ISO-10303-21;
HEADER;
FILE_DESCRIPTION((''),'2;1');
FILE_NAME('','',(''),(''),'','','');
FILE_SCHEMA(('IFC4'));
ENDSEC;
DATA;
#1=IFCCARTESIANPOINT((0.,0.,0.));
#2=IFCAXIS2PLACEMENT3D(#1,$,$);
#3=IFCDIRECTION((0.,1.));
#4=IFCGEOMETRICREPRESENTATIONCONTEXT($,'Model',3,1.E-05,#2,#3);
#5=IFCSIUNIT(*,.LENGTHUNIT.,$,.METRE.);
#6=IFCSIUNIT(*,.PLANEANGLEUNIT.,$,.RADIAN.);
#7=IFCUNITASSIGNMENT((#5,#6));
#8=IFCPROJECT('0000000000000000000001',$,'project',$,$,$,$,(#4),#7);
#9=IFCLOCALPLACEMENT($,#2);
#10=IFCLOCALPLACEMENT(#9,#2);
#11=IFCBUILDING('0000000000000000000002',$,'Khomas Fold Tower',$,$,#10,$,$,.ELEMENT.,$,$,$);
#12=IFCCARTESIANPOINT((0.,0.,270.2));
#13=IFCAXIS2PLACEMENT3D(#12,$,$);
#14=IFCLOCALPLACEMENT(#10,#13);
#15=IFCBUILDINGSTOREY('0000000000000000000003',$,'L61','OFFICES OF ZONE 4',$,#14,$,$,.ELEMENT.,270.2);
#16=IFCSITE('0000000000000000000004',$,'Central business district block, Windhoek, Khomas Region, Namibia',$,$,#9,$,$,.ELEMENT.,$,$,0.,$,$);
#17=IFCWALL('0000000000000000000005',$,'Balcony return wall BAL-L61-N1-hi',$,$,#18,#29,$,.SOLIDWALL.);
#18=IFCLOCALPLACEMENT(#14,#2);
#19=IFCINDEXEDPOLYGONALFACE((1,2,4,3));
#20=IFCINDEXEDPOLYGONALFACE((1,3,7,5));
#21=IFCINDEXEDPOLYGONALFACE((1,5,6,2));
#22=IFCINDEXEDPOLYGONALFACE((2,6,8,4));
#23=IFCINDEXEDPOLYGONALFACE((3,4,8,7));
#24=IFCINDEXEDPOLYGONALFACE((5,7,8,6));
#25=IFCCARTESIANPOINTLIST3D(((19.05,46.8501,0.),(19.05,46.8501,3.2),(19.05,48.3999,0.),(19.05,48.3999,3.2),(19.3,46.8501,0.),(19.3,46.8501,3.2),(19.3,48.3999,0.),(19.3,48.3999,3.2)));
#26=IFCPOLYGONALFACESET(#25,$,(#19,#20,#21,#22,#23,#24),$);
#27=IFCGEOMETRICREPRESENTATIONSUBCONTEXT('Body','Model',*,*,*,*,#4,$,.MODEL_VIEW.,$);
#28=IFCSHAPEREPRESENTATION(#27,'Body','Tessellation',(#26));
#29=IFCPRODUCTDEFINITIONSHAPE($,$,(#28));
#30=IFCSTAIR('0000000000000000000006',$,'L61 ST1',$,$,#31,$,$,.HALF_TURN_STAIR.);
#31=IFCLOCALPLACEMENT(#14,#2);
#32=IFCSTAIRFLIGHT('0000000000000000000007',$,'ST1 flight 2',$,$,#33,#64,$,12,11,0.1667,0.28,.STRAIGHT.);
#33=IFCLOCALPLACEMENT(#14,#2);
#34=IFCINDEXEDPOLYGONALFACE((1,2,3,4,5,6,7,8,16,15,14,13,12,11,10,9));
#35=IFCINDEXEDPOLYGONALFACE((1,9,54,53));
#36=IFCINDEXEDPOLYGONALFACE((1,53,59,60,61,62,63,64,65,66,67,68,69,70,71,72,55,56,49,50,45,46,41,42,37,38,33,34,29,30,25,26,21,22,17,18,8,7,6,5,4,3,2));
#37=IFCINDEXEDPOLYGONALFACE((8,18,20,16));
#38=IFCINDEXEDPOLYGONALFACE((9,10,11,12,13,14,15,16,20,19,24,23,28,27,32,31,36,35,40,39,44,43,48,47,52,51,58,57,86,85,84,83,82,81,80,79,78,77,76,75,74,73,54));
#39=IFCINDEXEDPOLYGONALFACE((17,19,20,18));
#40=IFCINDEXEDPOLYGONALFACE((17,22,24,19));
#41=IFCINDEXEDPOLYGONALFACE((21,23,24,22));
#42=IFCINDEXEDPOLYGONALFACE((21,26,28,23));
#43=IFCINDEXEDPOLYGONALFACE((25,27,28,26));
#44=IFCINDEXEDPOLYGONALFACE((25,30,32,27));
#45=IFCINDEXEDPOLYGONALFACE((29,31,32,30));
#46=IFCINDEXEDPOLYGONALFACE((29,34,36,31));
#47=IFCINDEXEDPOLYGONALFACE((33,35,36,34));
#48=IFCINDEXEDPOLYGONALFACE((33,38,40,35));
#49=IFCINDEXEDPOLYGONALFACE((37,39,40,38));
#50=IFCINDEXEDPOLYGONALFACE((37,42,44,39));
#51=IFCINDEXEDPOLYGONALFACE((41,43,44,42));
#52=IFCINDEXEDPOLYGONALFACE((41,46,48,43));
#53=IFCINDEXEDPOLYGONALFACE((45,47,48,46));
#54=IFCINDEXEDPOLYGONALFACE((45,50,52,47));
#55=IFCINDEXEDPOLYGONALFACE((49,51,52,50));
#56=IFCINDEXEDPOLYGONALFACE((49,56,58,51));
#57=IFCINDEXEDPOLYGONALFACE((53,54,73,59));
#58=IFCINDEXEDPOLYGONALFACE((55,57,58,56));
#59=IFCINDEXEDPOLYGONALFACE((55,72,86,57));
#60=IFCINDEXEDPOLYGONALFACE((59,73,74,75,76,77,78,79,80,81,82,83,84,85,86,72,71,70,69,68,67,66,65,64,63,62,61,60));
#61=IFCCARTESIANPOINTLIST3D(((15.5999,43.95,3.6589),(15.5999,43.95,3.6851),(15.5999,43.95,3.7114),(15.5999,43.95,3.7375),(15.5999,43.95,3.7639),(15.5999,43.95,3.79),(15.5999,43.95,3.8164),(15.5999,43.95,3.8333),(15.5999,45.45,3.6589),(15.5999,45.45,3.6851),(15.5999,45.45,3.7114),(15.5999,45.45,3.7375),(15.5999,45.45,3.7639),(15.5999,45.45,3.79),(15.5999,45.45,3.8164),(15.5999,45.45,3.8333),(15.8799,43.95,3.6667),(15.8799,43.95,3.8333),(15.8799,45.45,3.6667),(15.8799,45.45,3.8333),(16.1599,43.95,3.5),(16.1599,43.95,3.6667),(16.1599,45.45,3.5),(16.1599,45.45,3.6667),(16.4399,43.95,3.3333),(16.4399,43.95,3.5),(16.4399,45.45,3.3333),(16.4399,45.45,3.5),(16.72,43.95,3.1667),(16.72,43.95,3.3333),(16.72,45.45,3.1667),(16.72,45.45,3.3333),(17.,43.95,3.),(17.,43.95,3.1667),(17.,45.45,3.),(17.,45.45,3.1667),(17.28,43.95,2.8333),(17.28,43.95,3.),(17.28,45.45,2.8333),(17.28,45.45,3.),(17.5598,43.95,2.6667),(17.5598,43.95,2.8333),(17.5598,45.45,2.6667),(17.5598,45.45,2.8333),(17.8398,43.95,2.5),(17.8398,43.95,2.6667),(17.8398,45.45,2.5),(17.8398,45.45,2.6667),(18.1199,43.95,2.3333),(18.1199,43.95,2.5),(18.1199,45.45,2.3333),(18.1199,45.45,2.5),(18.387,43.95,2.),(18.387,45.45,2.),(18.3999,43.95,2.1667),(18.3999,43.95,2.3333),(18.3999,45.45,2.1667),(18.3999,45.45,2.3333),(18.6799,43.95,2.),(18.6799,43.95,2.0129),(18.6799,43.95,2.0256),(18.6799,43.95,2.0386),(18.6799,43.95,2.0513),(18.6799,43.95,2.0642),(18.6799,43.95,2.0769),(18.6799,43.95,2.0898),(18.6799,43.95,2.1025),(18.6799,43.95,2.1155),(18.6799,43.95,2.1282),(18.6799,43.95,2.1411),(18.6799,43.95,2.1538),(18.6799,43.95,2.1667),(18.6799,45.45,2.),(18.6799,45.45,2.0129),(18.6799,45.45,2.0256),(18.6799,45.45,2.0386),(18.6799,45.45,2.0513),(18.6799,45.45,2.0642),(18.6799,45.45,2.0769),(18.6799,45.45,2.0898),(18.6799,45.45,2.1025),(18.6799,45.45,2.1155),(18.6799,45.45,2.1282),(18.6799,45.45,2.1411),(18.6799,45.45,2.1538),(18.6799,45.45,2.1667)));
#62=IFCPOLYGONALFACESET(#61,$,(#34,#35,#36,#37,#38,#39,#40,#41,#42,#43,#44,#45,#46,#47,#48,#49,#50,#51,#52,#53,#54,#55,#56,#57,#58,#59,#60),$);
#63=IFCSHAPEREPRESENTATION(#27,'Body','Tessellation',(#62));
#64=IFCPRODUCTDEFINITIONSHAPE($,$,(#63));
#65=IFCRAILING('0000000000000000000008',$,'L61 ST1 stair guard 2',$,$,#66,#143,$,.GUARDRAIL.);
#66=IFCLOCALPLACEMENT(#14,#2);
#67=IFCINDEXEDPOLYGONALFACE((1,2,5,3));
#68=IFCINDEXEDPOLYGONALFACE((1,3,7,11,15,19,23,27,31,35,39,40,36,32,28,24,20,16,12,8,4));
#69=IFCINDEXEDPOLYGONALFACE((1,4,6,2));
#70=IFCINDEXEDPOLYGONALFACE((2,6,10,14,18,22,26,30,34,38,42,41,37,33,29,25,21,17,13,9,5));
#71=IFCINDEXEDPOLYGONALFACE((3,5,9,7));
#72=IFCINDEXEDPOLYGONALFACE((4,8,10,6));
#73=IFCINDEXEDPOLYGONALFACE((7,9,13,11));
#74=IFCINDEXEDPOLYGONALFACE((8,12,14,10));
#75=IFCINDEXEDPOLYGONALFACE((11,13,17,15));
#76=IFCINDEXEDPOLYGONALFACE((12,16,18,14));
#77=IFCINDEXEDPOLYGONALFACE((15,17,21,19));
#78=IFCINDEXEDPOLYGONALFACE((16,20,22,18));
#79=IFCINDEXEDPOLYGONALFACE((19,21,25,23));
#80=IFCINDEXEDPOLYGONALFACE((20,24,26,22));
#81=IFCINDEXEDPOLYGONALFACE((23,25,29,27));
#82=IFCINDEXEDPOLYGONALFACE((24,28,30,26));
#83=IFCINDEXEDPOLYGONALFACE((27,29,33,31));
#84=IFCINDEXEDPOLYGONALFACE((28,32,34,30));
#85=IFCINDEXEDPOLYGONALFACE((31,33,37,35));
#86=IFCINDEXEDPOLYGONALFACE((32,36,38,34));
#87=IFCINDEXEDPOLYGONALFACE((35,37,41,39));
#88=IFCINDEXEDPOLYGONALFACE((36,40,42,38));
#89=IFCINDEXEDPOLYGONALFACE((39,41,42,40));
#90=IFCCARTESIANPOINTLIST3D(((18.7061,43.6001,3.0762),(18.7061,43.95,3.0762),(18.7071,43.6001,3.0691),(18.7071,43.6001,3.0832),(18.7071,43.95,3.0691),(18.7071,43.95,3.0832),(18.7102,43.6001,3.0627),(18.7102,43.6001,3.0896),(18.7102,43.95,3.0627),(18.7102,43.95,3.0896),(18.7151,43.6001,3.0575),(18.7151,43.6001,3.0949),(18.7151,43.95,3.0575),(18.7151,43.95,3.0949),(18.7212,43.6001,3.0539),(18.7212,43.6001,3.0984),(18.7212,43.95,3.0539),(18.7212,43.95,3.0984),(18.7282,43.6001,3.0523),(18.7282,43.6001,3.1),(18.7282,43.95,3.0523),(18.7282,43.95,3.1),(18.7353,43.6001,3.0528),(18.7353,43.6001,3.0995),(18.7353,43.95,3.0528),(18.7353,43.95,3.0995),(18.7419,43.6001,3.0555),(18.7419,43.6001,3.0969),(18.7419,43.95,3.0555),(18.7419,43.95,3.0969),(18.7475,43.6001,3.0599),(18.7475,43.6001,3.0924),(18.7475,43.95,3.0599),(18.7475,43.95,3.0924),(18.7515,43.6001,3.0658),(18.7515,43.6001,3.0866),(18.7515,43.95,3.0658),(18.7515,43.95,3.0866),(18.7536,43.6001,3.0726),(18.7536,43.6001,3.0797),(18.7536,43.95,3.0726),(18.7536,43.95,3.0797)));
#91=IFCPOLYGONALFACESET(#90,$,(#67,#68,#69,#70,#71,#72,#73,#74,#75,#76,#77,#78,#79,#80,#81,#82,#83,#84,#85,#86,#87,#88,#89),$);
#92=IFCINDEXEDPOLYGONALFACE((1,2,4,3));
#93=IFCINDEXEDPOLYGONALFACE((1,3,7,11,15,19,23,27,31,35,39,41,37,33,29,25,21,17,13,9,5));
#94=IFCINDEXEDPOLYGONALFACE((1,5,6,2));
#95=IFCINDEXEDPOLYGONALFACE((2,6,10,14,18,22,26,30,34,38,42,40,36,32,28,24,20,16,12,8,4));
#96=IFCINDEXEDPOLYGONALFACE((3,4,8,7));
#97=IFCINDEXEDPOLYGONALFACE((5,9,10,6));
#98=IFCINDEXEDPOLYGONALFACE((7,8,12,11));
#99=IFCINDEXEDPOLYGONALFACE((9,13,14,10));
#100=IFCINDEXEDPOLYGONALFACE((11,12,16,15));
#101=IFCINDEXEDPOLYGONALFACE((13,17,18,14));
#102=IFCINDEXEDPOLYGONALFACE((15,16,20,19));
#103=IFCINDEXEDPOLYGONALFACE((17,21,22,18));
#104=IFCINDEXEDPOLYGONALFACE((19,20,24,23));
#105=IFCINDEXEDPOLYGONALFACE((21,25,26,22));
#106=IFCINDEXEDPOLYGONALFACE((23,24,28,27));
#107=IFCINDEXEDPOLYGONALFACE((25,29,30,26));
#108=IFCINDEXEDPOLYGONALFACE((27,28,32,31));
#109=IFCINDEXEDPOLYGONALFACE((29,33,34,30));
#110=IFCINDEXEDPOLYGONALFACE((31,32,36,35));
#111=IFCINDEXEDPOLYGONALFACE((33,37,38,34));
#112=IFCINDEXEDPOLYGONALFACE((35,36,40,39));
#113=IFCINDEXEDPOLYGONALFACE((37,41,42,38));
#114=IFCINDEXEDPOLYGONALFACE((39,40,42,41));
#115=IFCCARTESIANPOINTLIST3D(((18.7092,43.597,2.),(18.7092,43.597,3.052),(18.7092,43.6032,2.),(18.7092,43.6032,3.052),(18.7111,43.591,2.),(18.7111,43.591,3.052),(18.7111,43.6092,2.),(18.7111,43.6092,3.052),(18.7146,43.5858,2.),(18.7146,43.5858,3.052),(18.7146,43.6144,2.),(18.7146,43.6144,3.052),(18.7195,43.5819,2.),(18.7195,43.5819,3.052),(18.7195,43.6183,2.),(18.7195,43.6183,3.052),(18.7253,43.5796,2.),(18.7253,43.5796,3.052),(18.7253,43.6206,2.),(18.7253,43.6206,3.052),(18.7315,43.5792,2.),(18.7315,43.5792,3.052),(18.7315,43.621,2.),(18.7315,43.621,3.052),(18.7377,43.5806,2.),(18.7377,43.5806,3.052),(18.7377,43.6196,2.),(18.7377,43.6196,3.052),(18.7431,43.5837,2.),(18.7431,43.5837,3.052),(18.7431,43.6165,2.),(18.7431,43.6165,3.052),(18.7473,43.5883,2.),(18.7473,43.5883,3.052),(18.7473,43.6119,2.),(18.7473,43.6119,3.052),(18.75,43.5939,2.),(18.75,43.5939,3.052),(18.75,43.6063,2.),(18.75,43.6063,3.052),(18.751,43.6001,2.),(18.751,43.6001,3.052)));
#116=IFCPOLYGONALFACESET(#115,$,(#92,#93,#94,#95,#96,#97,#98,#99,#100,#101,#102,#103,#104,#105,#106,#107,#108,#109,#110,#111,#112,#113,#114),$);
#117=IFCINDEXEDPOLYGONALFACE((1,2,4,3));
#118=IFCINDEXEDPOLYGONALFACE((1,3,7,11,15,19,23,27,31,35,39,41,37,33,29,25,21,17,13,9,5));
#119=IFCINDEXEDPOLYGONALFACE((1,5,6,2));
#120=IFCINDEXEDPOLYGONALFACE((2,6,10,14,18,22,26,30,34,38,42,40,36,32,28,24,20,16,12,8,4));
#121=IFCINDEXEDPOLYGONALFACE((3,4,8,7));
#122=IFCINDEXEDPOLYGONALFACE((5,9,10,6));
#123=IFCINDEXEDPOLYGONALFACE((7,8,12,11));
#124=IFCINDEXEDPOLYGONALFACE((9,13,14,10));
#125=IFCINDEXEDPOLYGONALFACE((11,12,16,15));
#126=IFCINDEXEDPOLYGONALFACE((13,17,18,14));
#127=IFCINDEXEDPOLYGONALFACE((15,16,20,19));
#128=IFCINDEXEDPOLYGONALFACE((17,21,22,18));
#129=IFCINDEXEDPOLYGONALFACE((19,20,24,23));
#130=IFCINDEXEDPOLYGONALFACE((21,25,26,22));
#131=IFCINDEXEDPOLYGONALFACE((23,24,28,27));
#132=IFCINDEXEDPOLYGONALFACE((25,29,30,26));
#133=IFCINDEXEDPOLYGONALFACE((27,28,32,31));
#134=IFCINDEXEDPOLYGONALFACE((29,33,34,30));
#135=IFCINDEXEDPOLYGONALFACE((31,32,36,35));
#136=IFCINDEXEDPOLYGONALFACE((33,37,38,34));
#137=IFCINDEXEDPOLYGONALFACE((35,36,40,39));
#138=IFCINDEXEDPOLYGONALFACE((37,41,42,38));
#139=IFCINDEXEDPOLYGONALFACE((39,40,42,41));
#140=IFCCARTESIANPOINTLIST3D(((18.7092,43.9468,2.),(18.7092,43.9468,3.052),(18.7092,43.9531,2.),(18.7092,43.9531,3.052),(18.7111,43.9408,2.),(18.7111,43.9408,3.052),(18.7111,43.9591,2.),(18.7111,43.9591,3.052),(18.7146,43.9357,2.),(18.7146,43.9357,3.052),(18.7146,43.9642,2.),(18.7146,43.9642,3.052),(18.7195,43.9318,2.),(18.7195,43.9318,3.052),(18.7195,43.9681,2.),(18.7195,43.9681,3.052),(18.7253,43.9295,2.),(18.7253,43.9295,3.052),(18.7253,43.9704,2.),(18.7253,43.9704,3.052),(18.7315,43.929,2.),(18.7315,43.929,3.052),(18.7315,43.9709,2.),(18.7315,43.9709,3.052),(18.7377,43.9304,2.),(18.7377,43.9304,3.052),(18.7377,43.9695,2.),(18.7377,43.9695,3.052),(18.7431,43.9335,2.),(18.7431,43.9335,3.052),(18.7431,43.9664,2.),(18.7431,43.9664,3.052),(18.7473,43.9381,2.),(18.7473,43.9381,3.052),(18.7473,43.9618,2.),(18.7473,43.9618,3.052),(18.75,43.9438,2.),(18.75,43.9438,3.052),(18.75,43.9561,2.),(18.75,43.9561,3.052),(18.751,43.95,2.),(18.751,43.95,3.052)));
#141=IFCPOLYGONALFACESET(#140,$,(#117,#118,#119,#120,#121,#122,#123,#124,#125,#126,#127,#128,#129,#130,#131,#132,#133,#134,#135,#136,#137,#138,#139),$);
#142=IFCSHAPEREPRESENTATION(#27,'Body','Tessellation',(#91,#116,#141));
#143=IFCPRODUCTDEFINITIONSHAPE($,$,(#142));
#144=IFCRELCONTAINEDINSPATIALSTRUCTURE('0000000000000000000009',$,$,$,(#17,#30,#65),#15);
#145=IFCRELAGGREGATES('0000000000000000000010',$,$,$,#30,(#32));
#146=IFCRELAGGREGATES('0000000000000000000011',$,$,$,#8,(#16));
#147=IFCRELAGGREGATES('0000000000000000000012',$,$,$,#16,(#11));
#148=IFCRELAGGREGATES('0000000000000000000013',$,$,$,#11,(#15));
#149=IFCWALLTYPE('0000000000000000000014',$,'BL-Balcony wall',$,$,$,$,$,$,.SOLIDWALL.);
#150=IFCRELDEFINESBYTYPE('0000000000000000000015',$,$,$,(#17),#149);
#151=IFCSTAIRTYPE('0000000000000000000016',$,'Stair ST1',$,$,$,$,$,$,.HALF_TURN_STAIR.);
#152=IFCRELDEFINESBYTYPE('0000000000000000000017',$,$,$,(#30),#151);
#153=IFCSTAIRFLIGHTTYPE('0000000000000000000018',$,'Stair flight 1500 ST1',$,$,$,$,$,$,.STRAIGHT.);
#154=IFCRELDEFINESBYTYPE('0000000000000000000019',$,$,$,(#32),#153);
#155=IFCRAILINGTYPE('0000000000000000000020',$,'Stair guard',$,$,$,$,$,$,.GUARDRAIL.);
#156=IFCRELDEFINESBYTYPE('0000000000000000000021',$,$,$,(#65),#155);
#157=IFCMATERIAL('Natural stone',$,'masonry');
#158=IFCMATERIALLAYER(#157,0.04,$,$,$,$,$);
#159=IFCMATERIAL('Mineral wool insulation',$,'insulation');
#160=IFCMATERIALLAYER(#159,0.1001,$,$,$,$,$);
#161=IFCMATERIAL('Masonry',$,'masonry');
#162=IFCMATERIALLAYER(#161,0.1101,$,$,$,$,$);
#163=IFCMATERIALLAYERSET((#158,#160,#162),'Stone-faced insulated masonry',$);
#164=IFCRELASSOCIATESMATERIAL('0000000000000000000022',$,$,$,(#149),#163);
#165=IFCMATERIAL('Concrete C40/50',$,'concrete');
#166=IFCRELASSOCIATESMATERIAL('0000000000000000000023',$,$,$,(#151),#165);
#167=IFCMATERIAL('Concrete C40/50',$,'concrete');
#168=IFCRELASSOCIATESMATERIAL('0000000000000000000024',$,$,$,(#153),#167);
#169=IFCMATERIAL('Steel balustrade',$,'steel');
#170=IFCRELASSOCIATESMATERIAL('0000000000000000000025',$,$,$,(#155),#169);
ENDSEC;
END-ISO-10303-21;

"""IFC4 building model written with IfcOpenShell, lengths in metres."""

from ifc_helpers import new_model, si_unit, direction, frame, frame_2d, origin, origin_2d, place, context, subcontext, project, spatial, polyline, rectangle, circle, outline, extrude, source, transform, mapped, material, layer, layer_set, type_object, element, aggregate, save


model = new_model("IFC4")

# Units and contexts
model_context = context("Model", 3, precision=1e-05, world=origin(), true_north=direction((0.0, 1.0)))
body_context = subcontext(model_context, "Body", "Model", "MODEL_VIEW")
ifc_project = project(units=[si_unit("LENGTHUNIT", "METRE"), si_unit("PLANEANGLEUNIT", "RADIAN")], contexts=[model_context])

# Site, building, storey
site_placement = place(None, origin())
site = spatial("IfcSite", under=ifc_project, at=site_placement, Name="Central business district block, Windhoek, Khomas Region, Namibia", CompositionType="ELEMENT", RefElevation=0.0)
building_placement = place(site_placement, origin())
building = spatial("IfcBuilding", under=site, at=building_placement, Name="Khomas Fold Tower", CompositionType="ELEMENT")
storey_placement = place(building_placement, frame((0.0, 0.0, 270.2)))
storey = spatial("IfcBuildingStorey", under=building, at=storey_placement, Name="L61", Description="OFFICES OF ZONE 4", CompositionType="ELEMENT", Elevation=270.2)

# Wall
ifc_material_1 = material(Name="Natural stone", Category="masonry")
ifc_layer_1 = layer(ifc_material_1, 0.04)
ifc_material_2 = material(Name="Mineral wool insulation", Category="insulation")
ifc_layer_2 = layer(ifc_material_2, 0.1001)
ifc_material_3 = material(Name="Masonry", Category="masonry")
ifc_layer_3 = layer(ifc_material_3, 0.1101)
ifc_layer_set_1 = layer_set([ifc_layer_1, ifc_layer_2, ifc_layer_3], Name="Stone-faced insulated masonry")
wall_type_1 = type_object("IfcWallType", Name="BL-Balcony wall", PredefinedType="SOLIDWALL", material=ifc_layer_set_1)
shared_shape_1 = source(origin(), body_context, "Body", "SweptSolid", [
    extrude(rectangle(XDim=1.5498, YDim=0.25, at=frame_2d((0.7749, 0.0))), origin(), (0.0, 0.0, 1.0), 3.2),
])
wall_1_placement = place(storey_placement, frame((19.175, 48.3999, 0.0), z_axis=(0.0, 0.0, 1.0), x_axis=(0.0, -1.0, 0.0)))
element("IfcWall", 1, at=wall_1_placement, inside=storey, type_object=wall_type_1, Name="Balcony return wall BAL-L61-N1-hi", PredefinedType="SOLIDWALL", context=body_context, shape_type="MappedRepresentation", body=[
    mapped(shared_shape_1, transform((0.0, 0.0, 0.0))),
])

# Stair, stair flight
ifc_material_4 = material(Name="Concrete C40/50", Category="concrete")
stair_type = type_object("IfcStairType", Name="Stair ST1", PredefinedType="HALF_TURN_STAIR", material=ifc_material_4)
stair_placement = place(storey_placement, origin())
stair = element("IfcStair", 2, at=stair_placement, inside=storey, type_object=stair_type, Name="L61 ST1", PredefinedType="HALF_TURN_STAIR")
ifc_material_5 = material(Name="Concrete C40/50", Category="concrete")
stair_flight_type = type_object("IfcStairFlightType", Name="Stair flight 1500 ST1", PredefinedType="STRAIGHT", material=ifc_material_5)
shared_shape_2 = source(origin(), body_context, "Body", "SweptSolid", [
    extrude(outline(polyline([(0.0, 0.0), (0.0, 0.0129), (0.0, 0.0256), (0.0, 0.0386), (0.0, 0.0513), (0.0, 0.0642), (0.0, 0.0769), (0.0, 0.0898), (0.0, 0.1025), (0.0, 0.1155), (0.0, 0.1282), (0.0, 0.1411), (0.0, 0.1538), (0.0, 0.1667), (0.28, 0.1667), (0.28, 0.3333), (0.5601, 0.3333), (0.5601, 0.5), (0.8401, 0.5), (0.8401, 0.6667), (1.1201, 0.6667), (1.1201, 0.8333), (1.3999, 0.8333), (1.3999, 1.0), (1.6799, 1.0), (1.6799, 1.1667), (1.96, 1.1667), (1.96, 1.3333), (2.24, 1.3333), (2.24, 1.5), (2.52, 1.5), (2.52, 1.6667), (2.8, 1.6667), (2.8, 1.8333), (3.0801, 1.8333), (3.0801, 2.0), (3.0801, 1.9739), (3.0801, 1.9475), (3.0801, 1.9214), (3.0801, 1.895), (3.0801, 1.8689), (3.0801, 1.8425), (3.0801, 1.8164), (3.0801, 1.79), (3.0801, 1.7639), (3.0801, 1.7375), (3.0801, 1.7114), (3.0801, 1.6851), (3.0801, 1.6589), (0.293, 0.0), (0.0, 0.0)])), frame((0.0, 0.75, 0.0), z_axis=(0.0, -1.0, 0.0), x_axis=(1.0, 0.0, 0.0)), (0.0, 0.0, 1.0), 1.5),
])
stair_flight_placement = place(storey_placement, frame((18.6799, 44.7, 2.0), z_axis=(0.0, 0.0, 1.0), x_axis=(-1.0, 0.0, 0.0)))
stair_flight = element("IfcStairFlight", 3, at=stair_flight_placement, type_object=stair_flight_type, Name="ST1 flight 2", NumberOfRisers=12, NumberOfTreads=11, PredefinedType="STRAIGHT", RiserHeight=0.1667, TreadLength=0.28, context=body_context, shape_type="MappedRepresentation", body=[
    mapped(shared_shape_2, transform((0.0, 0.0, 0.0))),
])
aggregate(stair, [stair_flight])

# Railing
ifc_material_6 = material(Name="Steel balustrade", Category="steel")
railing_type_1 = type_object("IfcRailingType", Name="Stair guard", PredefinedType="GUARDRAIL", material=ifc_material_6)
shared_shape_3 = source(origin(), body_context, "Body", "SweptSolid", [
    extrude(circle(Radius=0.0239, at=origin_2d()), frame((0.0, 0.0, 1.0762), z_axis=(0.0, 1.0, 0.0), x_axis=(-1.0, 0.0, 0.0)), (0.0, 0.0, 1.0), 0.3499),
    extrude(circle(Radius=0.021, at=origin_2d()), origin(), (0.0, 0.0, 1.0), 1.052),
    extrude(circle(Radius=0.021, at=origin_2d()), frame((0.0, 0.3499, 0.0)), (0.0, 0.0, 1.0), 1.052),
])
for number, where, name in (
    (4, (18.73, 43.6001, 2.0), "L61 ST1 stair guard 2"),
):
    element("IfcRailing", number, at=place(storey_placement, frame(where)), inside=storey, type_object=railing_type_1, Name=name, PredefinedType="GUARDRAIL", context=body_context, shape_type="MappedRepresentation", body=[
        mapped(shared_shape_3, transform((0.0, 0.0, 0.0))),
    ])

save(model, "model.ifc")
